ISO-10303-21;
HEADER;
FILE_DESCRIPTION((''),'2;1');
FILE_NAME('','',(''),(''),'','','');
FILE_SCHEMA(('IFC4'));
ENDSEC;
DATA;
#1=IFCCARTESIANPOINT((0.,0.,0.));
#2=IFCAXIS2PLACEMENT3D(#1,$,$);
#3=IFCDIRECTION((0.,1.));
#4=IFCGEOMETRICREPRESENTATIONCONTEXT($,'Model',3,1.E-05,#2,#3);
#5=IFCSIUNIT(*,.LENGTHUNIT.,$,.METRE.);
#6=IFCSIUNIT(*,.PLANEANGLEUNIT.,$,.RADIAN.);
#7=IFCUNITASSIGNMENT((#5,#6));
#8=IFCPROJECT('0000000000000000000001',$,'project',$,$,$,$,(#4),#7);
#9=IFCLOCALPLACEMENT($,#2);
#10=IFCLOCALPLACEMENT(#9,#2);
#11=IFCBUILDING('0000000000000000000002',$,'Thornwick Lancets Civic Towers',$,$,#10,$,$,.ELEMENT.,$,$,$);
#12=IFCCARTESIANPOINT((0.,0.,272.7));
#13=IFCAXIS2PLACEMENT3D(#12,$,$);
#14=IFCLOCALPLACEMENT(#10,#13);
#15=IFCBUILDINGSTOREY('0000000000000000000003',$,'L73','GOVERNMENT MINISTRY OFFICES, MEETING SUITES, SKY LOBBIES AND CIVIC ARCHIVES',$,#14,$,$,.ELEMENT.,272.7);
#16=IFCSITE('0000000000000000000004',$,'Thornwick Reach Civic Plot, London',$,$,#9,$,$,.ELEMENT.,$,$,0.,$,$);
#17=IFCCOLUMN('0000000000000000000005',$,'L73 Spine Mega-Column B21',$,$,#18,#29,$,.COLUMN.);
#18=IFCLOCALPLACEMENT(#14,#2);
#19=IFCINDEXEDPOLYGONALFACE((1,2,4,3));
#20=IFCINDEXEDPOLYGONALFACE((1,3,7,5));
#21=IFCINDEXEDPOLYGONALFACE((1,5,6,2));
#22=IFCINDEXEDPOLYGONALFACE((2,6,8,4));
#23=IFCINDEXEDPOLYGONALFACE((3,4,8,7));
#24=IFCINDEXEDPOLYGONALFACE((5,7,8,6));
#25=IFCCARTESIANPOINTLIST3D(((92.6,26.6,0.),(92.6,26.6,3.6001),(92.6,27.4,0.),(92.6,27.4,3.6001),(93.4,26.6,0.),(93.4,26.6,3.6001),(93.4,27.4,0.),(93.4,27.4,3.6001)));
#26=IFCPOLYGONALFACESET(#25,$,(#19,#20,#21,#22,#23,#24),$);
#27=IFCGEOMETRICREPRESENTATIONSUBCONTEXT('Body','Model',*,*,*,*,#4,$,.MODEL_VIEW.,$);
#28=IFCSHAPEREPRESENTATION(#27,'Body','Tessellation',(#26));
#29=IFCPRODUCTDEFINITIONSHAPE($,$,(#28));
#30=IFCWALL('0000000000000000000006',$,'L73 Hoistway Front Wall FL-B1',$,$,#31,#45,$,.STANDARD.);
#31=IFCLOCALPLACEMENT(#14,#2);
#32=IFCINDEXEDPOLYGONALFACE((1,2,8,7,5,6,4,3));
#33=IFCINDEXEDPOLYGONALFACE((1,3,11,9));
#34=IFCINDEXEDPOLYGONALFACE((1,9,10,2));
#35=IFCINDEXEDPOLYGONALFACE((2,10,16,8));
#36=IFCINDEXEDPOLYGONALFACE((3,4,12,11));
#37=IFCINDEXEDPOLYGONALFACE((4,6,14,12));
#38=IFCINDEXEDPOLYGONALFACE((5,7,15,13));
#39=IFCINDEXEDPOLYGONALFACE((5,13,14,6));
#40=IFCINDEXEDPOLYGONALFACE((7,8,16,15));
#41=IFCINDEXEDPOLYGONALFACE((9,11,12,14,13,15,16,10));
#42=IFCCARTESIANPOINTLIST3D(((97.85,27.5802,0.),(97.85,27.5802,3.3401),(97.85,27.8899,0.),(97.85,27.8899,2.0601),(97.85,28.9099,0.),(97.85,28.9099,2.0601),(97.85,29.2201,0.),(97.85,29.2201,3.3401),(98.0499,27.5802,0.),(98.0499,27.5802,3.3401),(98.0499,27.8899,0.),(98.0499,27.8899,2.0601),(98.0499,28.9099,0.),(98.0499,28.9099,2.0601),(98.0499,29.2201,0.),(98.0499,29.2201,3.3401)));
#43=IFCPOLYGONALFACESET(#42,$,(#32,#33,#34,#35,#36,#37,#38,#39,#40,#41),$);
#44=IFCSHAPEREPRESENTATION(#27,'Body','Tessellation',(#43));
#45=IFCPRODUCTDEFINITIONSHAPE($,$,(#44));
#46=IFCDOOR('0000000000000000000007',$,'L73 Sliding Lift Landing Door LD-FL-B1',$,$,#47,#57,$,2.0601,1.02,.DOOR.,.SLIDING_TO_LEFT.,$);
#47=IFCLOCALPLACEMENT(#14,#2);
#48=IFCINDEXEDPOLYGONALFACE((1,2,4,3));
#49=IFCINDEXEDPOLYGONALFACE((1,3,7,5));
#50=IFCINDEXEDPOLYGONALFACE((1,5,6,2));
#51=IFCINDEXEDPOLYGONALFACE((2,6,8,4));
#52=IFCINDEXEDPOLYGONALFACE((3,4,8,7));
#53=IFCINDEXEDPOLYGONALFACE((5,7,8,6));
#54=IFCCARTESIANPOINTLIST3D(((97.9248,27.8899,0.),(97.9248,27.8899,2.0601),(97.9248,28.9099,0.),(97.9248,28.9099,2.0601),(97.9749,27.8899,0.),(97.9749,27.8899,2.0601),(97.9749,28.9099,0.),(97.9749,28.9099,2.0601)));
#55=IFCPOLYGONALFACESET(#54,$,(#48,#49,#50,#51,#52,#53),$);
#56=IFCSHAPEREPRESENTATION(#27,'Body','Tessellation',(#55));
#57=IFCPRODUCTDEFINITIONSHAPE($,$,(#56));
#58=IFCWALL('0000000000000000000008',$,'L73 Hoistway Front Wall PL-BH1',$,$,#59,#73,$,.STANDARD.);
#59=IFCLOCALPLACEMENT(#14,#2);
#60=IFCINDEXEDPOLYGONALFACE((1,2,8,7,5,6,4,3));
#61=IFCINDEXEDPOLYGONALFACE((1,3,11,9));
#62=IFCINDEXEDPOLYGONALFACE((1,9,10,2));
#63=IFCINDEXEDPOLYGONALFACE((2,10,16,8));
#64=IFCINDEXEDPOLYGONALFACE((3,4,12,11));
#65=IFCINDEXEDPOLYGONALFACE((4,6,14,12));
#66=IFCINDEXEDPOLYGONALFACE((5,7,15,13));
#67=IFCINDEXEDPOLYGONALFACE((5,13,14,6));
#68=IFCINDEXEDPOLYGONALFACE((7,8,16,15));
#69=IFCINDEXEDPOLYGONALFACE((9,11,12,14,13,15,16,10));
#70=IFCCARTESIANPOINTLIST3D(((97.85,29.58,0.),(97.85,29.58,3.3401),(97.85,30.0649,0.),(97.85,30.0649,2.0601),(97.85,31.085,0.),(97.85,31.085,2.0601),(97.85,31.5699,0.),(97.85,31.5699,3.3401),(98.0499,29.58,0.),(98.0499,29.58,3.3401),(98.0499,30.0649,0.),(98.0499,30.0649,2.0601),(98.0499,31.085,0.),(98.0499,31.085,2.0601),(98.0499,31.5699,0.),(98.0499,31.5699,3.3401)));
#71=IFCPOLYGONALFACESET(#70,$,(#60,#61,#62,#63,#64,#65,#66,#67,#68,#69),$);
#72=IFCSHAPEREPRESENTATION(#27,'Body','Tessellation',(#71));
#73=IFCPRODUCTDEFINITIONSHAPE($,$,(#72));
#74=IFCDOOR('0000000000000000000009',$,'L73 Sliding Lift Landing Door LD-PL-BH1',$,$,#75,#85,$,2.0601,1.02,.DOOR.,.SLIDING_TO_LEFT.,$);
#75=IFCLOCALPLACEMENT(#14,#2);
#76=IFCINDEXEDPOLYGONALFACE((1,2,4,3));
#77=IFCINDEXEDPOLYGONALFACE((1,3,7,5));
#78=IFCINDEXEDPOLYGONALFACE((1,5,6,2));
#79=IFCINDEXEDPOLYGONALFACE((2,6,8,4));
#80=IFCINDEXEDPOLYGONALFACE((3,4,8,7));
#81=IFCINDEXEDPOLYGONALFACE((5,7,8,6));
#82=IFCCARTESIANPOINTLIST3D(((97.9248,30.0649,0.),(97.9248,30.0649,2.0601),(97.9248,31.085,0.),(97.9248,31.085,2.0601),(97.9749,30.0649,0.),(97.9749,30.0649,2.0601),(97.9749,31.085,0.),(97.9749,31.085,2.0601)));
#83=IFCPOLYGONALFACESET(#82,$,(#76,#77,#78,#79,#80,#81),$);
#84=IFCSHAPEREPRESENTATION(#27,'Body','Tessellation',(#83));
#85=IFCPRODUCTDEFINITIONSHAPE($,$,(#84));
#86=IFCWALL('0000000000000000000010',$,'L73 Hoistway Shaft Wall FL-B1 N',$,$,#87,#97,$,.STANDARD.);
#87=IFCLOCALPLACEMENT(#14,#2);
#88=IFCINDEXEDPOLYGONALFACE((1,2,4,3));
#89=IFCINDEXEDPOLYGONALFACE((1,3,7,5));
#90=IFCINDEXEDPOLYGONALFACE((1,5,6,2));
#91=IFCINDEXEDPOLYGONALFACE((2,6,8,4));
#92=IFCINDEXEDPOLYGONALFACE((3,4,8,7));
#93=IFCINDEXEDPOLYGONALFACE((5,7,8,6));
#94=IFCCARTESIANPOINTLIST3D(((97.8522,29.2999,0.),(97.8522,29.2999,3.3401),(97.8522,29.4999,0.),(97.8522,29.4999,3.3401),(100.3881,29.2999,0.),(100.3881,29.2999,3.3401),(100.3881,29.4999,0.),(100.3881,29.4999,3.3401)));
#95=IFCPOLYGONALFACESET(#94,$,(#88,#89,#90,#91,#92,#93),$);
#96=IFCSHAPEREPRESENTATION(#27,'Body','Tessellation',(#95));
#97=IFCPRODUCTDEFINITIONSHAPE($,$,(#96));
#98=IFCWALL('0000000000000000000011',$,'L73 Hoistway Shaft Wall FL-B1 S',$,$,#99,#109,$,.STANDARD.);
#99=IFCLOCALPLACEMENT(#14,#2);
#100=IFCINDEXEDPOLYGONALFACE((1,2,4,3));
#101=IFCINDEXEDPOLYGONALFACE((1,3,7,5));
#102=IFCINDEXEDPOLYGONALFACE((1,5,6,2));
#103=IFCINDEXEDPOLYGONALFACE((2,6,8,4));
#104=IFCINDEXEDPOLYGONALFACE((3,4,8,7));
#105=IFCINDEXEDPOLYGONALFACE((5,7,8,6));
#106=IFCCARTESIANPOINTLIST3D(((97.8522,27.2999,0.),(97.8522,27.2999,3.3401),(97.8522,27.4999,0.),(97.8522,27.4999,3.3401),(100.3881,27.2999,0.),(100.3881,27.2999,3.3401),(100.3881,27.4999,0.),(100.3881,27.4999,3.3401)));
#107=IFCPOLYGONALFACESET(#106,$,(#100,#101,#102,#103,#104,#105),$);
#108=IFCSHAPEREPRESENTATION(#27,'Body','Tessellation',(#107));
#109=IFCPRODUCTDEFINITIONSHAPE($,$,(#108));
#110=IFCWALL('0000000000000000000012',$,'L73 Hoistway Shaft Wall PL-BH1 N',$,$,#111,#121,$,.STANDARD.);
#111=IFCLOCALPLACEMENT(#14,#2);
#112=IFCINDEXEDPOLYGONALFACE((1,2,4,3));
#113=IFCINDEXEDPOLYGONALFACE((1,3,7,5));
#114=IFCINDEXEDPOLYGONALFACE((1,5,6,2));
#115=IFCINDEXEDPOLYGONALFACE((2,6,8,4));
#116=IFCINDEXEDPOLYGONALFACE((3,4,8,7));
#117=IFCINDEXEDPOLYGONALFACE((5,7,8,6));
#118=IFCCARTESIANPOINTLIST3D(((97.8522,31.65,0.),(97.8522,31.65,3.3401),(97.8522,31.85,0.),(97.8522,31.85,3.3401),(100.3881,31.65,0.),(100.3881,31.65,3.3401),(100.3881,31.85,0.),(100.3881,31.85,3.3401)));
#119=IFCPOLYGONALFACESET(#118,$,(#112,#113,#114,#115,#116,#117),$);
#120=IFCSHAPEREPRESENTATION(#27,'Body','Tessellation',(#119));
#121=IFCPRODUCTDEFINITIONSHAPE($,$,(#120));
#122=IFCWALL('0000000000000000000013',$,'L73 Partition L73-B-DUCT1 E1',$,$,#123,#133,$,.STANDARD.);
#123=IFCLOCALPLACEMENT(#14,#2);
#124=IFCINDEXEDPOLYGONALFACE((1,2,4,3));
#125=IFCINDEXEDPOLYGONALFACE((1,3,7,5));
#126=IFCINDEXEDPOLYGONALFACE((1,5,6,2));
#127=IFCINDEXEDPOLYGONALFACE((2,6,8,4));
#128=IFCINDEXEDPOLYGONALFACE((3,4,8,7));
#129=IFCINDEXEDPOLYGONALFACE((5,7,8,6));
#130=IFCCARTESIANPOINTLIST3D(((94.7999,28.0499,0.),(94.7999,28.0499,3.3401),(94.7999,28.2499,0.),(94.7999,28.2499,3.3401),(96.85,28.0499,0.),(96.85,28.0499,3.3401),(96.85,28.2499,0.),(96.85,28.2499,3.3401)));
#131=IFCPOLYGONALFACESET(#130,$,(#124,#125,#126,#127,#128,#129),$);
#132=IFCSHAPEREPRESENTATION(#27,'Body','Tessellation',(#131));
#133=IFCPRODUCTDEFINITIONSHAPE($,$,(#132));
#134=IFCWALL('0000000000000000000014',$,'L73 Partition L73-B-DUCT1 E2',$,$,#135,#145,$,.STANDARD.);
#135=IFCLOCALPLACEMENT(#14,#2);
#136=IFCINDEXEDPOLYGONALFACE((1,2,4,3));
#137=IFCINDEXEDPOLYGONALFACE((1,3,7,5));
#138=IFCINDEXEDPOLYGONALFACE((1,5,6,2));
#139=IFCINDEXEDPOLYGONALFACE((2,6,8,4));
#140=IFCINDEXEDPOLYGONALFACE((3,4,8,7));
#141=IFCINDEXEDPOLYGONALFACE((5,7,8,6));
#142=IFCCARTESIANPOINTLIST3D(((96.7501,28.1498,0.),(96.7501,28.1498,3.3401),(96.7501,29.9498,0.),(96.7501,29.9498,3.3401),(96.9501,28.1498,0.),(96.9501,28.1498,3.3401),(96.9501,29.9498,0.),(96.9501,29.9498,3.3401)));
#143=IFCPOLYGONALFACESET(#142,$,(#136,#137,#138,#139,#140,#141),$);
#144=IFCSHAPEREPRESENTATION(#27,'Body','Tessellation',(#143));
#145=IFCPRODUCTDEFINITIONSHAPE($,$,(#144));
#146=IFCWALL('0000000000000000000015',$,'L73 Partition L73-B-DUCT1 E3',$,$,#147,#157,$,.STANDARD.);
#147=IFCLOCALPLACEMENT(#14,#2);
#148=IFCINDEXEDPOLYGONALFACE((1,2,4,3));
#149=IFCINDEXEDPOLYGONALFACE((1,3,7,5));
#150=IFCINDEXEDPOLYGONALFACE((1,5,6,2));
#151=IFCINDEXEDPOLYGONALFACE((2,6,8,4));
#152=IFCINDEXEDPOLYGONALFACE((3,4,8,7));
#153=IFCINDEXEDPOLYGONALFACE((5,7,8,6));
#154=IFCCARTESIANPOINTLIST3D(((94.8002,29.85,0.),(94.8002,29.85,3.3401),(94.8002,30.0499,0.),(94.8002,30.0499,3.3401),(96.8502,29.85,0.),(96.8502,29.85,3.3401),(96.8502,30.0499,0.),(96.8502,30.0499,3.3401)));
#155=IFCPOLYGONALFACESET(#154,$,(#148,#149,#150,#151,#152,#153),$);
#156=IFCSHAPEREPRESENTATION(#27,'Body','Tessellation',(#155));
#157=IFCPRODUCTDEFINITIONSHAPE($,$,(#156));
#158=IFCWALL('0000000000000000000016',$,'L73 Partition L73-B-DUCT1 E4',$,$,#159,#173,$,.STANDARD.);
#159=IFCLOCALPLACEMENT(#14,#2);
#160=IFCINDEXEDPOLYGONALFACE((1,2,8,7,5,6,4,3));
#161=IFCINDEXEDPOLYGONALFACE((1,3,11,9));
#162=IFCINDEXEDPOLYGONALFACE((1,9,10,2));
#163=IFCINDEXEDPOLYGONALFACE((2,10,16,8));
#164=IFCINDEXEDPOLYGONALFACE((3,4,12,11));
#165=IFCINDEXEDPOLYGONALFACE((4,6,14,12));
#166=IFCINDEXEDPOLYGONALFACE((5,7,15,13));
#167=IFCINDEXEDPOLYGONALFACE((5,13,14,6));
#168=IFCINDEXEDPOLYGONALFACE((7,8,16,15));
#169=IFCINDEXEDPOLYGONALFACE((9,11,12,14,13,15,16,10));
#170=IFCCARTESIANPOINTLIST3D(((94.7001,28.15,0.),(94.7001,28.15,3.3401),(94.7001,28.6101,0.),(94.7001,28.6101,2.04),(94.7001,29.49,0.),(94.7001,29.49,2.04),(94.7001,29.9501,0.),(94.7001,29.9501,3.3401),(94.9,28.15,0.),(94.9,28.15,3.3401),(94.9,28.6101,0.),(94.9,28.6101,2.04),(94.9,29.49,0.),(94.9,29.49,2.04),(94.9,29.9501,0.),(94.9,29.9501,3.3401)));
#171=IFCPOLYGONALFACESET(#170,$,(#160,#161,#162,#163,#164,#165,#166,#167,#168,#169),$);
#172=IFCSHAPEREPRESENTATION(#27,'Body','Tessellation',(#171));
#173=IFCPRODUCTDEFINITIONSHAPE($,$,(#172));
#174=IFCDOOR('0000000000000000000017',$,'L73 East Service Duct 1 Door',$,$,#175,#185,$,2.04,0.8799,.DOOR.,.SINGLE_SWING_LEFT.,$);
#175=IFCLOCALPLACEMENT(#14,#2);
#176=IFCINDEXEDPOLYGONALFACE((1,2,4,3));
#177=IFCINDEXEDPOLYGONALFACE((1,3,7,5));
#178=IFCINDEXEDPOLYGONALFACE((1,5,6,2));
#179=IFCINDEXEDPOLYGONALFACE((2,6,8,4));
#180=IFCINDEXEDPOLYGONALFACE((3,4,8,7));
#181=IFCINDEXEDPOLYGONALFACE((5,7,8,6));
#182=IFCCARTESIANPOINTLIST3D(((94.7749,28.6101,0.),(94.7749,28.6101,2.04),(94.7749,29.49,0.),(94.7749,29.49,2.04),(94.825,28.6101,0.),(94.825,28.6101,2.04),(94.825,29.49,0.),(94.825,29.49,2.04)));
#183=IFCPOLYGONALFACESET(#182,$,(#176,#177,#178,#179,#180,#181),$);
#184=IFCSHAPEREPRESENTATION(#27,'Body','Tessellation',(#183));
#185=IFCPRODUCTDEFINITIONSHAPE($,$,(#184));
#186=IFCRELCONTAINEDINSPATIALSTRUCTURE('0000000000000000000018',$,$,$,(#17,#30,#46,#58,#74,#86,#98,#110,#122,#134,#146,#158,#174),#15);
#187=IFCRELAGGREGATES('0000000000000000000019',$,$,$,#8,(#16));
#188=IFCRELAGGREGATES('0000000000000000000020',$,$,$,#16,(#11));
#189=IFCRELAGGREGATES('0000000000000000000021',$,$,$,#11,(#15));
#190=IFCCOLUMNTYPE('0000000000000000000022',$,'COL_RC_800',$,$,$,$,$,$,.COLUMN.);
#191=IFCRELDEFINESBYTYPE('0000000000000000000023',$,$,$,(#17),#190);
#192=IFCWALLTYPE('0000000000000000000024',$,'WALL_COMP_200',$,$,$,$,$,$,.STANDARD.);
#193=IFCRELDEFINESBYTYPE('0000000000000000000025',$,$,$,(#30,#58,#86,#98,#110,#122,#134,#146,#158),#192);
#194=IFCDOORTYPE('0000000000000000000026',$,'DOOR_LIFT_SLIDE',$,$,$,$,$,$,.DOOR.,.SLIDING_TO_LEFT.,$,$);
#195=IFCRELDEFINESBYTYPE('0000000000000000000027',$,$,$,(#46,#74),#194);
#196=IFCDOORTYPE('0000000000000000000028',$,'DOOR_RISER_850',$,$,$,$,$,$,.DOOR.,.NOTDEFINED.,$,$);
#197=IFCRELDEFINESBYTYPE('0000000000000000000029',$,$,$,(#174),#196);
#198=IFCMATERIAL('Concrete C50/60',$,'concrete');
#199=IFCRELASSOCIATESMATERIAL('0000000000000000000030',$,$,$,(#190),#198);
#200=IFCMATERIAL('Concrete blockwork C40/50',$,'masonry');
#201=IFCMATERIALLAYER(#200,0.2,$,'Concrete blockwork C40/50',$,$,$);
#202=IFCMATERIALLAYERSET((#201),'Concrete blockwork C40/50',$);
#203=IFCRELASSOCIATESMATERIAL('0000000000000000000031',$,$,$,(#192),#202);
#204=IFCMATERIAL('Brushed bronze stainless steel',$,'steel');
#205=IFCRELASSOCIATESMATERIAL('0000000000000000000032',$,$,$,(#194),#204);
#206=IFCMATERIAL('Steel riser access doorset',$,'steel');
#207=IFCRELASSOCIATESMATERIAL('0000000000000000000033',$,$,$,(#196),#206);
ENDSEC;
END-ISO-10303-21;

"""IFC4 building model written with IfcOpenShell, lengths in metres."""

from ifc_helpers import new_model, si_unit, direction, frame, frame_2d, origin, origin_2d, place, context, subcontext, project, spatial, rectangle, extrude, material, layer, layer_set, material_profile, profile_set, type_object, element, fill, save


model = new_model("IFC4")

# Units and contexts
model_context = context("Model", 3, precision=1e-05, world=origin(), true_north=direction((0.0, 1.0)))
body_context = subcontext(model_context, "Body", "Model", "MODEL_VIEW")
ifc_project = project(units=[si_unit("LENGTHUNIT", "METRE"), si_unit("PLANEANGLEUNIT", "RADIAN")], contexts=[model_context])

# Site, building, storey
site_placement = place(None, origin())
site = spatial("IfcSite", under=ifc_project, at=site_placement, Name="Thornwick Reach Civic Plot, London", CompositionType="ELEMENT", RefElevation=0.0)
building_placement = place(site_placement, origin())
building = spatial("IfcBuilding", under=site, at=building_placement, Name="Thornwick Lancets Civic Towers", CompositionType="ELEMENT")
storey_placement = place(building_placement, frame((0.0, 0.0, 272.7)))
storey = spatial("IfcBuildingStorey", under=building, at=storey_placement, Name="L73", Description="GOVERNMENT MINISTRY OFFICES, MEETING SUITES, SKY LOBBIES AND CIVIC ARCHIVES", CompositionType="ELEMENT", Elevation=272.7)

# Column
ifc_material_1 = material(Name="Concrete C50/60", Category="concrete")
ifc_material_profile = material_profile(ifc_material_1, rectangle(XDim=0.8, YDim=0.8, at=origin_2d()), Name="RC 800x800")
ifc_profile_set = profile_set([ifc_material_profile], Name="Concrete C50/60")
column_type = type_object("IfcColumnType", Name="COL_RC_800", PredefinedType="COLUMN", material=ifc_profile_set)
column_placement = place(storey_placement, frame((93.0, 27.0, 0.0), z_axis=(0.0, 0.0, 1.0), x_axis=(1.0, 0.0, 0.0)))
element("IfcColumn", 1, at=column_placement, inside=storey, type_object=column_type, Name="L73 Spine Mega-Column B21", PredefinedType="COLUMN", context=body_context, shape_type="SweptSolid", body=[
    extrude(rectangle(XDim=0.8, YDim=0.8, at=origin_2d()), origin(), (0.0, 0.0, 1.0), 3.6001),
])

# Walls, openings, doors
ifc_material_2 = material(Name="Concrete blockwork C40/50", Category="masonry")
ifc_layer_1 = layer(ifc_material_2, 0.2, Name="Concrete blockwork C40/50")
ifc_layer_set_1 = layer_set([ifc_layer_1], Name="Concrete blockwork C40/50")
wall_type_1 = type_object("IfcWallType", Name="WALL_COMP_200", PredefinedType="STANDARD", material=ifc_layer_set_1)
wall_1_placement = place(storey_placement, frame((97.95, 29.22, 0.0), z_axis=(0.0, 0.0, 1.0), x_axis=(0.0, -1.0, 0.0)))
wall_1 = element("IfcWall", 2, at=wall_1_placement, inside=storey, type_object=wall_type_1, Name="L73 Hoistway Front Wall FL-B1", PredefinedType="STANDARD", context=body_context, shape_type="SweptSolid", body=[
    extrude(rectangle(XDim=1.6399, YDim=0.2, at=frame_2d((0.8198, 0.0))), origin(), (0.0, 0.0, 1.0), 3.3401),
])
opening_1_placement = place(wall_1_placement, frame((0.3101, 0.0, 0.0)))
opening_1 = element("IfcOpeningElement", 3, at=opening_1_placement, cuts=wall_1, PredefinedType="OPENING", context=body_context, shape_type="SweptSolid", body=[
    extrude(rectangle(XDim=1.02, YDim=2.0601, at=frame_2d((0.51, 1.03))), frame((0.0, 0.1099, 0.0), z_axis=(0.0, -1.0, 0.0), x_axis=(1.0, 0.0, 0.0)), (0.0, 0.0, 1.0), 0.22),
])
ifc_material_3 = material(Name="Brushed bronze stainless steel", Category="steel")
door_type_1 = type_object("IfcDoorType", Name="DOOR_LIFT_SLIDE", OperationType="SLIDING_TO_LEFT", PredefinedType="DOOR", material=ifc_material_3)
door_1_placement = place(opening_1_placement, origin())
door_1 = element("IfcDoor", 4, at=door_1_placement, inside=storey, type_object=door_type_1, Name="L73 Sliding Lift Landing Door LD-FL-B1", OperationType="SLIDING_TO_LEFT", OverallHeight=2.0601, OverallWidth=1.02, PredefinedType="DOOR", context=body_context, shape_type="SweptSolid", body=[
    extrude(rectangle(XDim=1.02, YDim=2.0601, at=frame_2d((0.51, 1.03))), frame((0.0, 0.0249, 0.0), z_axis=(0.0, -1.0, 0.0), x_axis=(1.0, 0.0, 0.0)), (0.0, 0.0, 1.0), 0.05),
])
fill(opening_1, door_1)
wall_2_placement = place(storey_placement, frame((97.95, 31.5701, 0.0), z_axis=(0.0, 0.0, 1.0), x_axis=(0.0, -1.0, 0.0)))
wall_2 = element("IfcWall", 5, at=wall_2_placement, inside=storey, type_object=wall_type_1, Name="L73 Hoistway Front Wall PL-BH1", PredefinedType="STANDARD", context=body_context, shape_type="SweptSolid", body=[
    extrude(rectangle(XDim=1.99, YDim=0.2, at=frame_2d((0.9951, 0.0))), origin(), (0.0, 0.0, 1.0), 3.3401),
])
opening_2_placement = place(wall_2_placement, frame((0.4851, 0.0, 0.0)))
opening_2 = element("IfcOpeningElement", 6, at=opening_2_placement, cuts=wall_2, PredefinedType="OPENING", context=body_context, shape_type="SweptSolid", body=[
    extrude(rectangle(XDim=1.02, YDim=2.0601, at=frame_2d((0.51, 1.03))), frame((0.0, 0.1099, 0.0), z_axis=(0.0, -1.0, 0.0), x_axis=(1.0, 0.0, 0.0)), (0.0, 0.0, 1.0), 0.22),
])
door_2_placement = place(opening_2_placement, origin())
door_2 = element("IfcDoor", 7, at=door_2_placement, inside=storey, type_object=door_type_1, Name="L73 Sliding Lift Landing Door LD-PL-BH1", OperationType="SLIDING_TO_LEFT", OverallHeight=2.0601, OverallWidth=1.02, PredefinedType="DOOR", context=body_context, shape_type="SweptSolid", body=[
    extrude(rectangle(XDim=1.02, YDim=2.0601, at=frame_2d((0.51, 1.03))), frame((0.0, 0.0249, 0.0), z_axis=(0.0, -1.0, 0.0), x_axis=(1.0, 0.0, 0.0)), (0.0, 0.0, 1.0), 0.05),
])
fill(opening_2, door_2)

# Walls
for number, where, z_axis, x_axis, name in (
    (8, (97.8521, 29.3999, 0.0), (0.0, 0.0, 1.0), (1.0, 0.0, 0.0), "L73 Hoistway Shaft Wall FL-B1 N"),
    (9, (97.8521, 27.3999, 0.0), (0.0, 0.0, 1.0), (1.0, 0.0, 0.0), "L73 Hoistway Shaft Wall FL-B1 S"),
    (10, (97.8521, 31.75, 0.0), (0.0, 0.0, 1.0), (1.0, 0.0, 0.0), "L73 Hoistway Shaft Wall PL-BH1 N"),
):
    element("IfcWall", number, at=place(storey_placement, frame(where, z_axis=z_axis, x_axis=x_axis)), inside=storey, type_object=wall_type_1, Name=name, PredefinedType="STANDARD", context=body_context, shape_type="SweptSolid", body=[
        extrude(rectangle(XDim=2.5359, YDim=0.2, at=frame_2d((1.2681, 0.0))), origin(), (0.0, 0.0, 1.0), 3.3401),
    ])
wall_3_placement = place(storey_placement, frame((94.8, 28.1499, 0.0), z_axis=(0.0, 0.0, 1.0), x_axis=(1.0, 0.0, 0.0)))
element("IfcWall", 11, at=wall_3_placement, inside=storey, type_object=wall_type_1, Name="L73 Partition L73-B-DUCT1 E1", PredefinedType="STANDARD", context=body_context, shape_type="SweptSolid", body=[
    extrude(rectangle(XDim=2.05, YDim=0.2, at=frame_2d((1.0249, 0.0))), origin(), (0.0, 0.0, 1.0), 3.3401),
])
wall_4_placement = place(storey_placement, frame((96.8501, 28.1499, 0.0), z_axis=(0.0, 0.0, 1.0), x_axis=(0.0, 1.0, 0.0)))
element("IfcWall", 12, at=wall_4_placement, inside=storey, type_object=wall_type_1, Name="L73 Partition L73-B-DUCT1 E2", PredefinedType="STANDARD", context=body_context, shape_type="SweptSolid", body=[
    extrude(rectangle(XDim=1.8, YDim=0.2, at=frame_2d((0.8999, 0.0))), origin(), (0.0, 0.0, 1.0), 3.3401),
])
wall_5_placement = place(storey_placement, frame((96.8501, 29.95, 0.0), z_axis=(0.0, 0.0, 1.0), x_axis=(-1.0, 0.0, 0.0)))
element("IfcWall", 13, at=wall_5_placement, inside=storey, type_object=wall_type_1, Name="L73 Partition L73-B-DUCT1 E3", PredefinedType="STANDARD", context=body_context, shape_type="SweptSolid", body=[
    extrude(rectangle(XDim=2.05, YDim=0.2, at=frame_2d((1.0249, 0.0))), origin(), (0.0, 0.0, 1.0), 3.3401),
])

# Wall, opening, door
wall_6_placement = place(storey_placement, frame((94.8, 29.95, 0.0), z_axis=(0.0, 0.0, 1.0), x_axis=(0.0, -1.0, 0.0)))
wall_6 = element("IfcWall", 14, at=wall_6_placement, inside=storey, type_object=wall_type_1, Name="L73 Partition L73-B-DUCT1 E4", PredefinedType="STANDARD", context=body_context, shape_type="SweptSolid", body=[
    extrude(rectangle(XDim=1.8, YDim=0.2, at=frame_2d((0.8999, 0.0))), origin(), (0.0, 0.0, 1.0), 3.3401),
])
opening_3_placement = place(wall_6_placement, frame((0.46, 0.0, 0.0)))
opening_3 = element("IfcOpeningElement", 15, at=opening_3_placement, cuts=wall_6, PredefinedType="OPENING", context=body_context, shape_type="SweptSolid", body=[
    extrude(rectangle(XDim=0.8799, YDim=2.04, at=frame_2d((0.4399, 1.02))), frame((0.0, 0.1099, 0.0), z_axis=(0.0, -1.0, 0.0), x_axis=(1.0, 0.0, 0.0)), (0.0, 0.0, 1.0), 0.22),
])
ifc_material_4 = material(Name="Steel riser access doorset", Category="steel")
door_type_2 = type_object("IfcDoorType", Name="DOOR_RISER_850", OperationType="NOTDEFINED", PredefinedType="DOOR", material=ifc_material_4)
door_3_placement = place(opening_3_placement, origin())
door_3 = element("IfcDoor", 16, at=door_3_placement, inside=storey, type_object=door_type_2, Name="L73 East Service Duct 1 Door", OperationType="SINGLE_SWING_LEFT", OverallHeight=2.04, OverallWidth=0.8799, PredefinedType="DOOR", context=body_context, shape_type="SweptSolid", body=[
    extrude(rectangle(XDim=0.8799, YDim=2.04, at=frame_2d((0.4399, 1.02))), frame((0.0, 0.0249, 0.0), z_axis=(0.0, -1.0, 0.0), x_axis=(1.0, 0.0, 0.0)), (0.0, 0.0, 1.0), 0.05),
])
fill(opening_3, door_3)

save(model, "model.ifc")
